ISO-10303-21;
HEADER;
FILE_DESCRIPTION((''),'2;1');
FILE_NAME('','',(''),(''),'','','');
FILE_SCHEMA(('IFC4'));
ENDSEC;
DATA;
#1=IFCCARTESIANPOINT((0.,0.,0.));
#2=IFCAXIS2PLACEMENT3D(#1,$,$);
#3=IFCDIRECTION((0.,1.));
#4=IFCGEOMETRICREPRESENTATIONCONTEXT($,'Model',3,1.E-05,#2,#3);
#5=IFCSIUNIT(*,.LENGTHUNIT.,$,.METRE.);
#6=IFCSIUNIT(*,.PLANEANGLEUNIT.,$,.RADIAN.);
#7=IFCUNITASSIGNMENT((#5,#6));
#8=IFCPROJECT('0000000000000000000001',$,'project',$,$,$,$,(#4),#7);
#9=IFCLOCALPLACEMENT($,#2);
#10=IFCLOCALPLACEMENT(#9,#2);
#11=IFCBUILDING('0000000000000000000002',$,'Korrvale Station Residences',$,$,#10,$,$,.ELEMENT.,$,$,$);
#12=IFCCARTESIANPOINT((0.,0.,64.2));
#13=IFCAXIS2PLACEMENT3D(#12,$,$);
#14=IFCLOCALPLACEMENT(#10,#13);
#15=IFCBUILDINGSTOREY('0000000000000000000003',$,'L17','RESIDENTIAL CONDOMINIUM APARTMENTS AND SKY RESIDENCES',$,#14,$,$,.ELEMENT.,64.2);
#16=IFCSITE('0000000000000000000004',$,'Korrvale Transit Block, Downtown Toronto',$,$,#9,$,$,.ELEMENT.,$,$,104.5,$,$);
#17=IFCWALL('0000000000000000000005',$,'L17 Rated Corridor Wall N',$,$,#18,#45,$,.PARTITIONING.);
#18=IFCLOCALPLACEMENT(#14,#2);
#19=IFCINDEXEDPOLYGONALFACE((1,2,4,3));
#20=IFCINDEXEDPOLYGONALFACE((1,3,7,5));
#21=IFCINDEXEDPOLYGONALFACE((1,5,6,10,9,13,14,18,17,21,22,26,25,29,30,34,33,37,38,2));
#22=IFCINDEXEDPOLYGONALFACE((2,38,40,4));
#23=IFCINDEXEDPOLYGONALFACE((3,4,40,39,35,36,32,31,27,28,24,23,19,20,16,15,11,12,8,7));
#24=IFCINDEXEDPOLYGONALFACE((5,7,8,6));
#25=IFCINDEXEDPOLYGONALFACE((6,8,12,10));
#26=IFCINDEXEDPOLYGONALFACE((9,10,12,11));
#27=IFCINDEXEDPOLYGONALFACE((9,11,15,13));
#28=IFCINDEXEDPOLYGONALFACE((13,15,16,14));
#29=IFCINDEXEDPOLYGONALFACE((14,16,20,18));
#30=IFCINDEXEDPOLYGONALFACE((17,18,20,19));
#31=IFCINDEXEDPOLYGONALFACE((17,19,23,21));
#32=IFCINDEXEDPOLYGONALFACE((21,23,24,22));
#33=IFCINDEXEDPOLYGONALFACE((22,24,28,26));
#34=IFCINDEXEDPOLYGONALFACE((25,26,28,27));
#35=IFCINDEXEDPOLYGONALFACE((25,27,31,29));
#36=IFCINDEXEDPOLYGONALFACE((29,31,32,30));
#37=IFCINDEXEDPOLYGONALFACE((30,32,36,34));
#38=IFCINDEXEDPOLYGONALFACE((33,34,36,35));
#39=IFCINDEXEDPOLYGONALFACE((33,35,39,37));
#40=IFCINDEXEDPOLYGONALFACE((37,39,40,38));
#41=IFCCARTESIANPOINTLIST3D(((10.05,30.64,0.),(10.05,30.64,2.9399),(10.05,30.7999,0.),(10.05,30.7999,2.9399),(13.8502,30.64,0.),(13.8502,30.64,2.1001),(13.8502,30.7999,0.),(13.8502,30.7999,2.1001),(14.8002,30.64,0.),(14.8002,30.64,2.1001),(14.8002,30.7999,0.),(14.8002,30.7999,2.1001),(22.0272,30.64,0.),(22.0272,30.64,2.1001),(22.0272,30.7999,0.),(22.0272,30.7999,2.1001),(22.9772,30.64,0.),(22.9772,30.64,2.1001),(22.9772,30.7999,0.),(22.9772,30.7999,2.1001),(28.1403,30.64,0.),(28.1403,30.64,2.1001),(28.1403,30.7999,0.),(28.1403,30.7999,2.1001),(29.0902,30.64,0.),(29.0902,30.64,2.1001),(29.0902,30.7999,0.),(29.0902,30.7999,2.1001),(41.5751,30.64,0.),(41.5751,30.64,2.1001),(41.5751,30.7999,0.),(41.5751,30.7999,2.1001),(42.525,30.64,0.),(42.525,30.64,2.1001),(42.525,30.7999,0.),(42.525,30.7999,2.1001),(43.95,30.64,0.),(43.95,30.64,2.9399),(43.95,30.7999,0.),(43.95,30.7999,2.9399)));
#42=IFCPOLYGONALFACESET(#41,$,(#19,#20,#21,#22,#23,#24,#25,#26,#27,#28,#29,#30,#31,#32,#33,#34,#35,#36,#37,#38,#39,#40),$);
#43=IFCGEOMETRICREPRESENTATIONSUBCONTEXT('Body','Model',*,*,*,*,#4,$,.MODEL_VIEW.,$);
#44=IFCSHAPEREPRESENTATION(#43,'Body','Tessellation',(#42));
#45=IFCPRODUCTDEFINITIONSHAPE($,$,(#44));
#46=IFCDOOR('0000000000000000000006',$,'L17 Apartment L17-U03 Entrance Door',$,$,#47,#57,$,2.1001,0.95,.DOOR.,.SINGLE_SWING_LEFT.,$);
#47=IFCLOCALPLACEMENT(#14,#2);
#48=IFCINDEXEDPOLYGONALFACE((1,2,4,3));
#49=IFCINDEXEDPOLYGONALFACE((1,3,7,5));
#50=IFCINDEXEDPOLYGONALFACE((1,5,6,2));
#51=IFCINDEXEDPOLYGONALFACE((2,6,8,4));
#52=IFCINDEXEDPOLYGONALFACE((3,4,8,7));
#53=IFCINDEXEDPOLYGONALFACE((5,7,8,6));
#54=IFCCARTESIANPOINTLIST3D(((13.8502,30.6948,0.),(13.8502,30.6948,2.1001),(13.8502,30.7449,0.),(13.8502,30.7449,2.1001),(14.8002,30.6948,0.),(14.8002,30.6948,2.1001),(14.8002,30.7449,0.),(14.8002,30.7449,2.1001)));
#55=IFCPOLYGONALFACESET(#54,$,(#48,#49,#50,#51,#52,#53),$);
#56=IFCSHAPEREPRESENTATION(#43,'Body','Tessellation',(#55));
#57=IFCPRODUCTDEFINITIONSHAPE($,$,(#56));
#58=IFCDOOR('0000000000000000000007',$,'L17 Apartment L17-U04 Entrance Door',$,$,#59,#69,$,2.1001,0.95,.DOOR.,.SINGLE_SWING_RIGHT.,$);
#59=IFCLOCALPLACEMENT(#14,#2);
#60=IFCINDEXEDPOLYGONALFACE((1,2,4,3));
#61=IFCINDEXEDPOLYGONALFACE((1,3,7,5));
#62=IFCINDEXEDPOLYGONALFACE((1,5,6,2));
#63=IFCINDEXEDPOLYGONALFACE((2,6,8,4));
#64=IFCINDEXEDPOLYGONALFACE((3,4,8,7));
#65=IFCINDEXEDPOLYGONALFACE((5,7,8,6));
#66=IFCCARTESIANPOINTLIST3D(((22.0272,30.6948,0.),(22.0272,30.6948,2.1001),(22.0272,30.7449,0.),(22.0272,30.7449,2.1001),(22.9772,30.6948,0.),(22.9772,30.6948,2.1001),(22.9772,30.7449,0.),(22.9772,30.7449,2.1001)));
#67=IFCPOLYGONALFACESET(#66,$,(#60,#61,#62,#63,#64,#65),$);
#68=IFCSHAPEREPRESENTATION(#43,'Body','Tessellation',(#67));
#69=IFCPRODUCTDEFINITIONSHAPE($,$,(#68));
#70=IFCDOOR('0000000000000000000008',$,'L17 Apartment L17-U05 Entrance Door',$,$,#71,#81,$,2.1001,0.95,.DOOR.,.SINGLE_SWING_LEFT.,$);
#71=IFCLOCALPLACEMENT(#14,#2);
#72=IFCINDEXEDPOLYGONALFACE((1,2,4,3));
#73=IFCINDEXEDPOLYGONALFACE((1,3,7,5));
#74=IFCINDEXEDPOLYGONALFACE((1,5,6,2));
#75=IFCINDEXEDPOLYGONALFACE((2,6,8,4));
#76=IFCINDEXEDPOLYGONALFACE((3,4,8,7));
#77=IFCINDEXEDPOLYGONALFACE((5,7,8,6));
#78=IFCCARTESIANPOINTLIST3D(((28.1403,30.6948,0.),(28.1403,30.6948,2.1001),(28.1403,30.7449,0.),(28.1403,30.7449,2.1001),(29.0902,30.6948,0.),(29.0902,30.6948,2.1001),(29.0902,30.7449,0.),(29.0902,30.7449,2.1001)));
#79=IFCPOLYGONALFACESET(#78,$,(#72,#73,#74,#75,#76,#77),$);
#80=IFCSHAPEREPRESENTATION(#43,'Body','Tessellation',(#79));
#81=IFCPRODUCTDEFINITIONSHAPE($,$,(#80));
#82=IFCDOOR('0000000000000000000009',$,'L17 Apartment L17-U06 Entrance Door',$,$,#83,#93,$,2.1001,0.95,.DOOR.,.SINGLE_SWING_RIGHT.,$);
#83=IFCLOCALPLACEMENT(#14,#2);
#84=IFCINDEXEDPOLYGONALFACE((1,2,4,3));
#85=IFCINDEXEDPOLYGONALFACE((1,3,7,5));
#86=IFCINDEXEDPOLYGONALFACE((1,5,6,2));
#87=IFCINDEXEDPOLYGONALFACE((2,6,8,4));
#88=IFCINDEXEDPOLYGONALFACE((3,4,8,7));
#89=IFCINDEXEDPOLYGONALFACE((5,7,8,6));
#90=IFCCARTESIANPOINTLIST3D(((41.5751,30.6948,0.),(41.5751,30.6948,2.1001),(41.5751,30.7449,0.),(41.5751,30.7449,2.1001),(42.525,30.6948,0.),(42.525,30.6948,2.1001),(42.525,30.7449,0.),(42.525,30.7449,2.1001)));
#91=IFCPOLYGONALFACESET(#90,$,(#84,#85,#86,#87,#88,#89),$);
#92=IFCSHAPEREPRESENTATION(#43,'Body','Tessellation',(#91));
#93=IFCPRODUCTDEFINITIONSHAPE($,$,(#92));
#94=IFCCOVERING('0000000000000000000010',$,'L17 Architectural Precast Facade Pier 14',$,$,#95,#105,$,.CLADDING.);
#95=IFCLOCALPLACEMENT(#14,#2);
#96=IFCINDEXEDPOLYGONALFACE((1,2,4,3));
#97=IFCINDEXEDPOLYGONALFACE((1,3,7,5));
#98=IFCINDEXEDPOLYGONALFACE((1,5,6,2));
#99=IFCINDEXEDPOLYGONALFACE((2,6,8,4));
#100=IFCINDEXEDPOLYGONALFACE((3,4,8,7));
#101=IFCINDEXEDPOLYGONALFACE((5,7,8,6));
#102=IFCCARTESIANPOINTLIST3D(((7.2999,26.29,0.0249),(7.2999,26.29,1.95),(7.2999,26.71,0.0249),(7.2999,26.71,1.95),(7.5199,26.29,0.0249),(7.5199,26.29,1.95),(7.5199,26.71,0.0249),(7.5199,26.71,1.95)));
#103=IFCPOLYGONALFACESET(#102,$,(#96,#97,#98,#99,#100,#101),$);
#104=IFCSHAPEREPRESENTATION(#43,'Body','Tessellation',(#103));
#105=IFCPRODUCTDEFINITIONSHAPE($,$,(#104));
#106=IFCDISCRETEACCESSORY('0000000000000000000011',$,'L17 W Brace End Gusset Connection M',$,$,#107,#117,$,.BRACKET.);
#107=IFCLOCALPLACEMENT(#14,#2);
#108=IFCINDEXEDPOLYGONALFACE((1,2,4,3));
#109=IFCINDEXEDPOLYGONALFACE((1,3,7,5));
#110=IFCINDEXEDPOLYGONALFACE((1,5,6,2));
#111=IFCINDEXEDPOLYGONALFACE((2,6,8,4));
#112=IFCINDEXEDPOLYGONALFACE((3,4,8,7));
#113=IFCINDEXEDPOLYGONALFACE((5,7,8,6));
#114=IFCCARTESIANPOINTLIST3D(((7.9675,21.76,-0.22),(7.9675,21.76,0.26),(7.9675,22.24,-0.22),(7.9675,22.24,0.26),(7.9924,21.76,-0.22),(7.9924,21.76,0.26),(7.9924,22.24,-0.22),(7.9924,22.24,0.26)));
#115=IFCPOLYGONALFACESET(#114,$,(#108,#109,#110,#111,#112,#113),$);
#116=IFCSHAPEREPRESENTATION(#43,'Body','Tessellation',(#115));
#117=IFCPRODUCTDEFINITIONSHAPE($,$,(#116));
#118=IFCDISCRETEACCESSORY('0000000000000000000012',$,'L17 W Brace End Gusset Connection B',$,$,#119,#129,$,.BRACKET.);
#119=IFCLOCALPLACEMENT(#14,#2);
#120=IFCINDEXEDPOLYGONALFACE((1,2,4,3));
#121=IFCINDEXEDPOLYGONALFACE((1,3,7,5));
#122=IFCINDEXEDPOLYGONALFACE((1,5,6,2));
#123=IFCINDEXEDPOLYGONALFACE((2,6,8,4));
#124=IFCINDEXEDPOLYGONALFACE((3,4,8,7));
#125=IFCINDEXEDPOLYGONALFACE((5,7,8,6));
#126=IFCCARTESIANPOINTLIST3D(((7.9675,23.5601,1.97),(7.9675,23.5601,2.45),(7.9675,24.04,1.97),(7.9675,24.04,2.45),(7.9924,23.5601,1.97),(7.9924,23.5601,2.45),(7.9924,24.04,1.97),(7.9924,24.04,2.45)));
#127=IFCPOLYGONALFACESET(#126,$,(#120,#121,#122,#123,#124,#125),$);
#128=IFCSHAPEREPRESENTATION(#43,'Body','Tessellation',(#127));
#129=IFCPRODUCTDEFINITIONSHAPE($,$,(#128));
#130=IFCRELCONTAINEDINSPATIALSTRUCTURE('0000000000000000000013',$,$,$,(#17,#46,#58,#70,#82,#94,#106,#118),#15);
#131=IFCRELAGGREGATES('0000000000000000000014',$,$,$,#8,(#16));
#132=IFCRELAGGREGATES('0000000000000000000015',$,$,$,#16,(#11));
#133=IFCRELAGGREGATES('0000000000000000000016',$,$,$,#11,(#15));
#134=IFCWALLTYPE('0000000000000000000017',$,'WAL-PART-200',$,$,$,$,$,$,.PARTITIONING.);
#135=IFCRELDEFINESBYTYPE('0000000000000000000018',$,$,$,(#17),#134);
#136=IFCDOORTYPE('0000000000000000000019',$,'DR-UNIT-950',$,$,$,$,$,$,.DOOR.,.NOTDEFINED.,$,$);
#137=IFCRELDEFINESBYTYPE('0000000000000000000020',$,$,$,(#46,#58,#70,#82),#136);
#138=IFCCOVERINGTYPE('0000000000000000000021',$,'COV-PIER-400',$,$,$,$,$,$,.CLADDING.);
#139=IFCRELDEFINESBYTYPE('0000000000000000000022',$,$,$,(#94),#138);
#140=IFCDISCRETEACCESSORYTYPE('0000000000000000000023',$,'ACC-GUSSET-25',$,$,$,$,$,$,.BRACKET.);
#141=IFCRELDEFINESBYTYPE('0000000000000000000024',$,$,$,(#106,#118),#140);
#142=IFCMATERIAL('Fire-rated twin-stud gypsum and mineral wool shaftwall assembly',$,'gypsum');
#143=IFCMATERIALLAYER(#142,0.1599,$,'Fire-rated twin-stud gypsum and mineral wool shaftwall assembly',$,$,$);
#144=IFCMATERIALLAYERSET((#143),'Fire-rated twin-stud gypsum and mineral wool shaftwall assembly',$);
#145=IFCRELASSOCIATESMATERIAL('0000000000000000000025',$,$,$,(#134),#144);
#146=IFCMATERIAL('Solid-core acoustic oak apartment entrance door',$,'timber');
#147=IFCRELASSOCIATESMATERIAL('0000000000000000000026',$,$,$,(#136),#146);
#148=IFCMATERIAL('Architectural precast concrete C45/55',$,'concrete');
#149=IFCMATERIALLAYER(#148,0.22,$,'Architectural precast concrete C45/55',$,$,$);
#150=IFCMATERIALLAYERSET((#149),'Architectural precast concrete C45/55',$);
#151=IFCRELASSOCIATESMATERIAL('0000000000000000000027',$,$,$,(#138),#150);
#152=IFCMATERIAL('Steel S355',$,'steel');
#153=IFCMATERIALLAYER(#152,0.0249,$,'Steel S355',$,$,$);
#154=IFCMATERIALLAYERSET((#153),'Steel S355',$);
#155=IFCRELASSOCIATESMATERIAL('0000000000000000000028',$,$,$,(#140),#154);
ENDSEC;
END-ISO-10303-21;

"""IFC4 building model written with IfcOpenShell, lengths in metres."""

from ifc_helpers import new_model, si_unit, direction, frame, frame_2d, origin, origin_2d, place, context, subcontext, project, spatial, rectangle, extrude, material, layer, layer_set, type_object, element, fill, save


model = new_model("IFC4")

# Units and contexts
model_context = context("Model", 3, precision=1e-05, world=origin(), true_north=direction((0.0, 1.0)))
body_context = subcontext(model_context, "Body", "Model", "MODEL_VIEW")
ifc_project = project(units=[si_unit("LENGTHUNIT", "METRE"), si_unit("PLANEANGLEUNIT", "RADIAN")], contexts=[model_context])

# Site, building, storey
site_placement = place(None, origin())
site = spatial("IfcSite", under=ifc_project, at=site_placement, Name="Korrvale Transit Block, Downtown Toronto", CompositionType="ELEMENT", RefElevation=104.5)
building_placement = place(site_placement, origin())
building = spatial("IfcBuilding", under=site, at=building_placement, Name="Korrvale Station Residences", CompositionType="ELEMENT")
storey_placement = place(building_placement, frame((0.0, 0.0, 64.2)))
storey = spatial("IfcBuildingStorey", under=building, at=storey_placement, Name="L17", Description="RESIDENTIAL CONDOMINIUM APARTMENTS AND SKY RESIDENCES", CompositionType="ELEMENT", Elevation=64.2)

# Shared definitions
ifc_material_1 = material(Name="Steel S355", Category="steel")

# Shared definitions
ifc_material_2 = material(Name="Fire-rated twin-stud gypsum and mineral wool shaftwall assembly", Category="gypsum")
ifc_layer_1 = layer(ifc_material_2, 0.1599, Name="Fire-rated twin-stud gypsum and mineral wool shaftwall assembly")
ifc_layer_set_1 = layer_set([ifc_layer_1], Name="Fire-rated twin-stud gypsum and mineral wool shaftwall assembly")
wall_type_1 = type_object("IfcWallType", Name="WAL-PART-200", PredefinedType="PARTITIONING", material=ifc_layer_set_1)

# Wall, openings, doors
wall_1_placement = place(storey_placement, frame((10.05, 30.72, 0.0), z_axis=(0.0, 0.0, 1.0), x_axis=(1.0, 0.0, 0.0)))
wall_1 = element("IfcWall", 1, at=wall_1_placement, inside=storey, type_object=wall_type_1, Name="L17 Rated Corridor Wall N", PredefinedType="PARTITIONING", context=body_context, shape_type="SweptSolid", body=[
    extrude(rectangle(XDim=33.8999, YDim=0.1599, at=frame_2d((16.95, 0.0))), origin(), (0.0, 0.0, 1.0), 2.9399),
])
opening_1_placement = place(wall_1_placement, frame((3.8, 0.0, 0.0)))
opening_1 = element("IfcOpeningElement", 2, at=opening_1_placement, cuts=wall_1, PredefinedType="OPENING", context=body_context, shape_type="SweptSolid", body=[
    extrude(rectangle(XDim=0.95, YDim=2.1001, at=frame_2d((0.4751, 1.05))), frame((0.0, 0.0898, 0.0), z_axis=(0.0, -1.0, 0.0), x_axis=(1.0, 0.0, 0.0)), (0.0, 0.0, 1.0), 0.1799),
])
opening_2_placement = place(wall_1_placement, frame((11.9771, 0.0, 0.0)))
opening_2 = element("IfcOpeningElement", 3, at=opening_2_placement, cuts=wall_1, PredefinedType="OPENING", context=body_context, shape_type="SweptSolid", body=[
    extrude(rectangle(XDim=0.95, YDim=2.1001, at=frame_2d((0.4751, 1.05))), frame((0.0, 0.0898, 0.0), z_axis=(0.0, -1.0, 0.0), x_axis=(1.0, 0.0, 0.0)), (0.0, 0.0, 1.0), 0.1799),
])
opening_3_placement = place(wall_1_placement, frame((18.0901, 0.0, 0.0)))
opening_3 = element("IfcOpeningElement", 4, at=opening_3_placement, cuts=wall_1, PredefinedType="OPENING", context=body_context, shape_type="SweptSolid", body=[
    extrude(rectangle(XDim=0.95, YDim=2.1001, at=frame_2d((0.4751, 1.05))), frame((0.0, 0.0898, 0.0), z_axis=(0.0, -1.0, 0.0), x_axis=(1.0, 0.0, 0.0)), (0.0, 0.0, 1.0), 0.1799),
])
opening_4_placement = place(wall_1_placement, frame((31.5249, 0.0, 0.0)))
opening_4 = element("IfcOpeningElement", 5, at=opening_4_placement, cuts=wall_1, PredefinedType="OPENING", context=body_context, shape_type="SweptSolid", body=[
    extrude(rectangle(XDim=0.95, YDim=2.1001, at=frame_2d((0.4751, 1.05))), frame((0.0, 0.0898, 0.0), z_axis=(0.0, -1.0, 0.0), x_axis=(1.0, 0.0, 0.0)), (0.0, 0.0, 1.0), 0.1799),
])
ifc_material_3 = material(Name="Solid-core acoustic oak apartment entrance door", Category="timber")
door_type_1 = type_object("IfcDoorType", Name="DR-UNIT-950", OperationType="NOTDEFINED", PredefinedType="DOOR", material=ifc_material_3)
door_1_placement = place(opening_1_placement, origin())
door_1 = element("IfcDoor", 6, at=door_1_placement, inside=storey, type_object=door_type_1, Name="L17 Apartment L17-U03 Entrance Door", OperationType="SINGLE_SWING_LEFT", OverallHeight=2.1001, OverallWidth=0.95, PredefinedType="DOOR", context=body_context, shape_type="SweptSolid", body=[
    extrude(rectangle(XDim=0.95, YDim=2.1001, at=frame_2d((0.4751, 1.05))), frame((0.0, 0.0249, 0.0), z_axis=(0.0, -1.0, 0.0), x_axis=(1.0, 0.0, 0.0)), (0.0, 0.0, 1.0), 0.05),
])
fill(opening_1, door_1)
door_2_placement = place(opening_2_placement, origin())
door_2 = element("IfcDoor", 7, at=door_2_placement, inside=storey, type_object=door_type_1, Name="L17 Apartment L17-U04 Entrance Door", OperationType="SINGLE_SWING_RIGHT", OverallHeight=2.1001, OverallWidth=0.95, PredefinedType="DOOR", context=body_context, shape_type="SweptSolid", body=[
    extrude(rectangle(XDim=0.95, YDim=2.1001, at=frame_2d((0.4751, 1.05))), frame((0.0, 0.0249, 0.0), z_axis=(0.0, -1.0, 0.0), x_axis=(1.0, 0.0, 0.0)), (0.0, 0.0, 1.0), 0.05),
])
fill(opening_2, door_2)
door_3_placement = place(opening_3_placement, origin())
door_3 = element("IfcDoor", 8, at=door_3_placement, inside=storey, type_object=door_type_1, Name="L17 Apartment L17-U05 Entrance Door", OperationType="SINGLE_SWING_LEFT", OverallHeight=2.1001, OverallWidth=0.95, PredefinedType="DOOR", context=body_context, shape_type="SweptSolid", body=[
    extrude(rectangle(XDim=0.95, YDim=2.1001, at=frame_2d((0.4751, 1.05))), frame((0.0, 0.0249, 0.0), z_axis=(0.0, -1.0, 0.0), x_axis=(1.0, 0.0, 0.0)), (0.0, 0.0, 1.0), 0.05),
])
fill(opening_3, door_3)
door_4_placement = place(opening_4_placement, origin())
door_4 = element("IfcDoor", 9, at=door_4_placement, inside=storey, type_object=door_type_1, Name="L17 Apartment L17-U06 Entrance Door", OperationType="SINGLE_SWING_RIGHT", OverallHeight=2.1001, OverallWidth=0.95, PredefinedType="DOOR", context=body_context, shape_type="SweptSolid", body=[
    extrude(rectangle(XDim=0.95, YDim=2.1001, at=frame_2d((0.4751, 1.05))), frame((0.0, 0.0249, 0.0), z_axis=(0.0, -1.0, 0.0), x_axis=(1.0, 0.0, 0.0)), (0.0, 0.0, 1.0), 0.05),
])
fill(opening_4, door_4)

# Covering
ifc_material_4 = material(Name="Architectural precast concrete C45/55", Category="concrete")
ifc_layer_2 = layer(ifc_material_4, 0.22, Name="Architectural precast concrete C45/55")
ifc_layer_set_2 = layer_set([ifc_layer_2], Name="Architectural precast concrete C45/55")
covering_type = type_object("IfcCoveringType", Name="COV-PIER-400", PredefinedType="CLADDING", material=ifc_layer_set_2)
covering_placement = place(storey_placement, frame((7.4099, 26.5, 0.0249), z_axis=(0.0, 0.0, 1.0), x_axis=(0.0, 1.0, 0.0)))
element("IfcCovering", 10, at=covering_placement, inside=storey, type_object=covering_type, Name="L17 Architectural Precast Facade Pier 14", PredefinedType="CLADDING", context=body_context, shape_type="SweptSolid", body=[
    extrude(rectangle(XDim=0.4199, YDim=0.22, at=origin_2d()), origin(), (0.0, 0.0, 1.0), 1.925),
])

# Discrete accessories
ifc_layer_3 = layer(ifc_material_1, 0.0249, Name="Steel S355")
ifc_layer_set_3 = layer_set([ifc_layer_3], Name="Steel S355")
discrete_accessory_type = type_object("IfcDiscreteAccessoryType", Name="ACC-GUSSET-25", PredefinedType="BRACKET", material=ifc_layer_set_3)
for number, where, z_axis, x_axis, name in (
    (11, (7.98, 22.0, -0.22), (0.0, 0.0, 1.0), (0.0, 1.0, 0.0), "L17 W Brace End Gusset Connection M"),
    (12, (7.98, 23.8, 1.97), (0.0, 0.0, 1.0), (0.0, 1.0, 0.0), "L17 W Brace End Gusset Connection B"),
):
    element("IfcDiscreteAccessory", number, at=place(storey_placement, frame(where, z_axis=z_axis, x_axis=x_axis)), inside=storey, type_object=discrete_accessory_type, Name=name, PredefinedType="BRACKET", context=body_context, shape_type="SweptSolid", body=[
        extrude(rectangle(XDim=0.48, YDim=0.0249, at=origin_2d()), origin(), (0.0, 0.0, 1.0), 0.48),
    ])

save(model, "model.ifc")
